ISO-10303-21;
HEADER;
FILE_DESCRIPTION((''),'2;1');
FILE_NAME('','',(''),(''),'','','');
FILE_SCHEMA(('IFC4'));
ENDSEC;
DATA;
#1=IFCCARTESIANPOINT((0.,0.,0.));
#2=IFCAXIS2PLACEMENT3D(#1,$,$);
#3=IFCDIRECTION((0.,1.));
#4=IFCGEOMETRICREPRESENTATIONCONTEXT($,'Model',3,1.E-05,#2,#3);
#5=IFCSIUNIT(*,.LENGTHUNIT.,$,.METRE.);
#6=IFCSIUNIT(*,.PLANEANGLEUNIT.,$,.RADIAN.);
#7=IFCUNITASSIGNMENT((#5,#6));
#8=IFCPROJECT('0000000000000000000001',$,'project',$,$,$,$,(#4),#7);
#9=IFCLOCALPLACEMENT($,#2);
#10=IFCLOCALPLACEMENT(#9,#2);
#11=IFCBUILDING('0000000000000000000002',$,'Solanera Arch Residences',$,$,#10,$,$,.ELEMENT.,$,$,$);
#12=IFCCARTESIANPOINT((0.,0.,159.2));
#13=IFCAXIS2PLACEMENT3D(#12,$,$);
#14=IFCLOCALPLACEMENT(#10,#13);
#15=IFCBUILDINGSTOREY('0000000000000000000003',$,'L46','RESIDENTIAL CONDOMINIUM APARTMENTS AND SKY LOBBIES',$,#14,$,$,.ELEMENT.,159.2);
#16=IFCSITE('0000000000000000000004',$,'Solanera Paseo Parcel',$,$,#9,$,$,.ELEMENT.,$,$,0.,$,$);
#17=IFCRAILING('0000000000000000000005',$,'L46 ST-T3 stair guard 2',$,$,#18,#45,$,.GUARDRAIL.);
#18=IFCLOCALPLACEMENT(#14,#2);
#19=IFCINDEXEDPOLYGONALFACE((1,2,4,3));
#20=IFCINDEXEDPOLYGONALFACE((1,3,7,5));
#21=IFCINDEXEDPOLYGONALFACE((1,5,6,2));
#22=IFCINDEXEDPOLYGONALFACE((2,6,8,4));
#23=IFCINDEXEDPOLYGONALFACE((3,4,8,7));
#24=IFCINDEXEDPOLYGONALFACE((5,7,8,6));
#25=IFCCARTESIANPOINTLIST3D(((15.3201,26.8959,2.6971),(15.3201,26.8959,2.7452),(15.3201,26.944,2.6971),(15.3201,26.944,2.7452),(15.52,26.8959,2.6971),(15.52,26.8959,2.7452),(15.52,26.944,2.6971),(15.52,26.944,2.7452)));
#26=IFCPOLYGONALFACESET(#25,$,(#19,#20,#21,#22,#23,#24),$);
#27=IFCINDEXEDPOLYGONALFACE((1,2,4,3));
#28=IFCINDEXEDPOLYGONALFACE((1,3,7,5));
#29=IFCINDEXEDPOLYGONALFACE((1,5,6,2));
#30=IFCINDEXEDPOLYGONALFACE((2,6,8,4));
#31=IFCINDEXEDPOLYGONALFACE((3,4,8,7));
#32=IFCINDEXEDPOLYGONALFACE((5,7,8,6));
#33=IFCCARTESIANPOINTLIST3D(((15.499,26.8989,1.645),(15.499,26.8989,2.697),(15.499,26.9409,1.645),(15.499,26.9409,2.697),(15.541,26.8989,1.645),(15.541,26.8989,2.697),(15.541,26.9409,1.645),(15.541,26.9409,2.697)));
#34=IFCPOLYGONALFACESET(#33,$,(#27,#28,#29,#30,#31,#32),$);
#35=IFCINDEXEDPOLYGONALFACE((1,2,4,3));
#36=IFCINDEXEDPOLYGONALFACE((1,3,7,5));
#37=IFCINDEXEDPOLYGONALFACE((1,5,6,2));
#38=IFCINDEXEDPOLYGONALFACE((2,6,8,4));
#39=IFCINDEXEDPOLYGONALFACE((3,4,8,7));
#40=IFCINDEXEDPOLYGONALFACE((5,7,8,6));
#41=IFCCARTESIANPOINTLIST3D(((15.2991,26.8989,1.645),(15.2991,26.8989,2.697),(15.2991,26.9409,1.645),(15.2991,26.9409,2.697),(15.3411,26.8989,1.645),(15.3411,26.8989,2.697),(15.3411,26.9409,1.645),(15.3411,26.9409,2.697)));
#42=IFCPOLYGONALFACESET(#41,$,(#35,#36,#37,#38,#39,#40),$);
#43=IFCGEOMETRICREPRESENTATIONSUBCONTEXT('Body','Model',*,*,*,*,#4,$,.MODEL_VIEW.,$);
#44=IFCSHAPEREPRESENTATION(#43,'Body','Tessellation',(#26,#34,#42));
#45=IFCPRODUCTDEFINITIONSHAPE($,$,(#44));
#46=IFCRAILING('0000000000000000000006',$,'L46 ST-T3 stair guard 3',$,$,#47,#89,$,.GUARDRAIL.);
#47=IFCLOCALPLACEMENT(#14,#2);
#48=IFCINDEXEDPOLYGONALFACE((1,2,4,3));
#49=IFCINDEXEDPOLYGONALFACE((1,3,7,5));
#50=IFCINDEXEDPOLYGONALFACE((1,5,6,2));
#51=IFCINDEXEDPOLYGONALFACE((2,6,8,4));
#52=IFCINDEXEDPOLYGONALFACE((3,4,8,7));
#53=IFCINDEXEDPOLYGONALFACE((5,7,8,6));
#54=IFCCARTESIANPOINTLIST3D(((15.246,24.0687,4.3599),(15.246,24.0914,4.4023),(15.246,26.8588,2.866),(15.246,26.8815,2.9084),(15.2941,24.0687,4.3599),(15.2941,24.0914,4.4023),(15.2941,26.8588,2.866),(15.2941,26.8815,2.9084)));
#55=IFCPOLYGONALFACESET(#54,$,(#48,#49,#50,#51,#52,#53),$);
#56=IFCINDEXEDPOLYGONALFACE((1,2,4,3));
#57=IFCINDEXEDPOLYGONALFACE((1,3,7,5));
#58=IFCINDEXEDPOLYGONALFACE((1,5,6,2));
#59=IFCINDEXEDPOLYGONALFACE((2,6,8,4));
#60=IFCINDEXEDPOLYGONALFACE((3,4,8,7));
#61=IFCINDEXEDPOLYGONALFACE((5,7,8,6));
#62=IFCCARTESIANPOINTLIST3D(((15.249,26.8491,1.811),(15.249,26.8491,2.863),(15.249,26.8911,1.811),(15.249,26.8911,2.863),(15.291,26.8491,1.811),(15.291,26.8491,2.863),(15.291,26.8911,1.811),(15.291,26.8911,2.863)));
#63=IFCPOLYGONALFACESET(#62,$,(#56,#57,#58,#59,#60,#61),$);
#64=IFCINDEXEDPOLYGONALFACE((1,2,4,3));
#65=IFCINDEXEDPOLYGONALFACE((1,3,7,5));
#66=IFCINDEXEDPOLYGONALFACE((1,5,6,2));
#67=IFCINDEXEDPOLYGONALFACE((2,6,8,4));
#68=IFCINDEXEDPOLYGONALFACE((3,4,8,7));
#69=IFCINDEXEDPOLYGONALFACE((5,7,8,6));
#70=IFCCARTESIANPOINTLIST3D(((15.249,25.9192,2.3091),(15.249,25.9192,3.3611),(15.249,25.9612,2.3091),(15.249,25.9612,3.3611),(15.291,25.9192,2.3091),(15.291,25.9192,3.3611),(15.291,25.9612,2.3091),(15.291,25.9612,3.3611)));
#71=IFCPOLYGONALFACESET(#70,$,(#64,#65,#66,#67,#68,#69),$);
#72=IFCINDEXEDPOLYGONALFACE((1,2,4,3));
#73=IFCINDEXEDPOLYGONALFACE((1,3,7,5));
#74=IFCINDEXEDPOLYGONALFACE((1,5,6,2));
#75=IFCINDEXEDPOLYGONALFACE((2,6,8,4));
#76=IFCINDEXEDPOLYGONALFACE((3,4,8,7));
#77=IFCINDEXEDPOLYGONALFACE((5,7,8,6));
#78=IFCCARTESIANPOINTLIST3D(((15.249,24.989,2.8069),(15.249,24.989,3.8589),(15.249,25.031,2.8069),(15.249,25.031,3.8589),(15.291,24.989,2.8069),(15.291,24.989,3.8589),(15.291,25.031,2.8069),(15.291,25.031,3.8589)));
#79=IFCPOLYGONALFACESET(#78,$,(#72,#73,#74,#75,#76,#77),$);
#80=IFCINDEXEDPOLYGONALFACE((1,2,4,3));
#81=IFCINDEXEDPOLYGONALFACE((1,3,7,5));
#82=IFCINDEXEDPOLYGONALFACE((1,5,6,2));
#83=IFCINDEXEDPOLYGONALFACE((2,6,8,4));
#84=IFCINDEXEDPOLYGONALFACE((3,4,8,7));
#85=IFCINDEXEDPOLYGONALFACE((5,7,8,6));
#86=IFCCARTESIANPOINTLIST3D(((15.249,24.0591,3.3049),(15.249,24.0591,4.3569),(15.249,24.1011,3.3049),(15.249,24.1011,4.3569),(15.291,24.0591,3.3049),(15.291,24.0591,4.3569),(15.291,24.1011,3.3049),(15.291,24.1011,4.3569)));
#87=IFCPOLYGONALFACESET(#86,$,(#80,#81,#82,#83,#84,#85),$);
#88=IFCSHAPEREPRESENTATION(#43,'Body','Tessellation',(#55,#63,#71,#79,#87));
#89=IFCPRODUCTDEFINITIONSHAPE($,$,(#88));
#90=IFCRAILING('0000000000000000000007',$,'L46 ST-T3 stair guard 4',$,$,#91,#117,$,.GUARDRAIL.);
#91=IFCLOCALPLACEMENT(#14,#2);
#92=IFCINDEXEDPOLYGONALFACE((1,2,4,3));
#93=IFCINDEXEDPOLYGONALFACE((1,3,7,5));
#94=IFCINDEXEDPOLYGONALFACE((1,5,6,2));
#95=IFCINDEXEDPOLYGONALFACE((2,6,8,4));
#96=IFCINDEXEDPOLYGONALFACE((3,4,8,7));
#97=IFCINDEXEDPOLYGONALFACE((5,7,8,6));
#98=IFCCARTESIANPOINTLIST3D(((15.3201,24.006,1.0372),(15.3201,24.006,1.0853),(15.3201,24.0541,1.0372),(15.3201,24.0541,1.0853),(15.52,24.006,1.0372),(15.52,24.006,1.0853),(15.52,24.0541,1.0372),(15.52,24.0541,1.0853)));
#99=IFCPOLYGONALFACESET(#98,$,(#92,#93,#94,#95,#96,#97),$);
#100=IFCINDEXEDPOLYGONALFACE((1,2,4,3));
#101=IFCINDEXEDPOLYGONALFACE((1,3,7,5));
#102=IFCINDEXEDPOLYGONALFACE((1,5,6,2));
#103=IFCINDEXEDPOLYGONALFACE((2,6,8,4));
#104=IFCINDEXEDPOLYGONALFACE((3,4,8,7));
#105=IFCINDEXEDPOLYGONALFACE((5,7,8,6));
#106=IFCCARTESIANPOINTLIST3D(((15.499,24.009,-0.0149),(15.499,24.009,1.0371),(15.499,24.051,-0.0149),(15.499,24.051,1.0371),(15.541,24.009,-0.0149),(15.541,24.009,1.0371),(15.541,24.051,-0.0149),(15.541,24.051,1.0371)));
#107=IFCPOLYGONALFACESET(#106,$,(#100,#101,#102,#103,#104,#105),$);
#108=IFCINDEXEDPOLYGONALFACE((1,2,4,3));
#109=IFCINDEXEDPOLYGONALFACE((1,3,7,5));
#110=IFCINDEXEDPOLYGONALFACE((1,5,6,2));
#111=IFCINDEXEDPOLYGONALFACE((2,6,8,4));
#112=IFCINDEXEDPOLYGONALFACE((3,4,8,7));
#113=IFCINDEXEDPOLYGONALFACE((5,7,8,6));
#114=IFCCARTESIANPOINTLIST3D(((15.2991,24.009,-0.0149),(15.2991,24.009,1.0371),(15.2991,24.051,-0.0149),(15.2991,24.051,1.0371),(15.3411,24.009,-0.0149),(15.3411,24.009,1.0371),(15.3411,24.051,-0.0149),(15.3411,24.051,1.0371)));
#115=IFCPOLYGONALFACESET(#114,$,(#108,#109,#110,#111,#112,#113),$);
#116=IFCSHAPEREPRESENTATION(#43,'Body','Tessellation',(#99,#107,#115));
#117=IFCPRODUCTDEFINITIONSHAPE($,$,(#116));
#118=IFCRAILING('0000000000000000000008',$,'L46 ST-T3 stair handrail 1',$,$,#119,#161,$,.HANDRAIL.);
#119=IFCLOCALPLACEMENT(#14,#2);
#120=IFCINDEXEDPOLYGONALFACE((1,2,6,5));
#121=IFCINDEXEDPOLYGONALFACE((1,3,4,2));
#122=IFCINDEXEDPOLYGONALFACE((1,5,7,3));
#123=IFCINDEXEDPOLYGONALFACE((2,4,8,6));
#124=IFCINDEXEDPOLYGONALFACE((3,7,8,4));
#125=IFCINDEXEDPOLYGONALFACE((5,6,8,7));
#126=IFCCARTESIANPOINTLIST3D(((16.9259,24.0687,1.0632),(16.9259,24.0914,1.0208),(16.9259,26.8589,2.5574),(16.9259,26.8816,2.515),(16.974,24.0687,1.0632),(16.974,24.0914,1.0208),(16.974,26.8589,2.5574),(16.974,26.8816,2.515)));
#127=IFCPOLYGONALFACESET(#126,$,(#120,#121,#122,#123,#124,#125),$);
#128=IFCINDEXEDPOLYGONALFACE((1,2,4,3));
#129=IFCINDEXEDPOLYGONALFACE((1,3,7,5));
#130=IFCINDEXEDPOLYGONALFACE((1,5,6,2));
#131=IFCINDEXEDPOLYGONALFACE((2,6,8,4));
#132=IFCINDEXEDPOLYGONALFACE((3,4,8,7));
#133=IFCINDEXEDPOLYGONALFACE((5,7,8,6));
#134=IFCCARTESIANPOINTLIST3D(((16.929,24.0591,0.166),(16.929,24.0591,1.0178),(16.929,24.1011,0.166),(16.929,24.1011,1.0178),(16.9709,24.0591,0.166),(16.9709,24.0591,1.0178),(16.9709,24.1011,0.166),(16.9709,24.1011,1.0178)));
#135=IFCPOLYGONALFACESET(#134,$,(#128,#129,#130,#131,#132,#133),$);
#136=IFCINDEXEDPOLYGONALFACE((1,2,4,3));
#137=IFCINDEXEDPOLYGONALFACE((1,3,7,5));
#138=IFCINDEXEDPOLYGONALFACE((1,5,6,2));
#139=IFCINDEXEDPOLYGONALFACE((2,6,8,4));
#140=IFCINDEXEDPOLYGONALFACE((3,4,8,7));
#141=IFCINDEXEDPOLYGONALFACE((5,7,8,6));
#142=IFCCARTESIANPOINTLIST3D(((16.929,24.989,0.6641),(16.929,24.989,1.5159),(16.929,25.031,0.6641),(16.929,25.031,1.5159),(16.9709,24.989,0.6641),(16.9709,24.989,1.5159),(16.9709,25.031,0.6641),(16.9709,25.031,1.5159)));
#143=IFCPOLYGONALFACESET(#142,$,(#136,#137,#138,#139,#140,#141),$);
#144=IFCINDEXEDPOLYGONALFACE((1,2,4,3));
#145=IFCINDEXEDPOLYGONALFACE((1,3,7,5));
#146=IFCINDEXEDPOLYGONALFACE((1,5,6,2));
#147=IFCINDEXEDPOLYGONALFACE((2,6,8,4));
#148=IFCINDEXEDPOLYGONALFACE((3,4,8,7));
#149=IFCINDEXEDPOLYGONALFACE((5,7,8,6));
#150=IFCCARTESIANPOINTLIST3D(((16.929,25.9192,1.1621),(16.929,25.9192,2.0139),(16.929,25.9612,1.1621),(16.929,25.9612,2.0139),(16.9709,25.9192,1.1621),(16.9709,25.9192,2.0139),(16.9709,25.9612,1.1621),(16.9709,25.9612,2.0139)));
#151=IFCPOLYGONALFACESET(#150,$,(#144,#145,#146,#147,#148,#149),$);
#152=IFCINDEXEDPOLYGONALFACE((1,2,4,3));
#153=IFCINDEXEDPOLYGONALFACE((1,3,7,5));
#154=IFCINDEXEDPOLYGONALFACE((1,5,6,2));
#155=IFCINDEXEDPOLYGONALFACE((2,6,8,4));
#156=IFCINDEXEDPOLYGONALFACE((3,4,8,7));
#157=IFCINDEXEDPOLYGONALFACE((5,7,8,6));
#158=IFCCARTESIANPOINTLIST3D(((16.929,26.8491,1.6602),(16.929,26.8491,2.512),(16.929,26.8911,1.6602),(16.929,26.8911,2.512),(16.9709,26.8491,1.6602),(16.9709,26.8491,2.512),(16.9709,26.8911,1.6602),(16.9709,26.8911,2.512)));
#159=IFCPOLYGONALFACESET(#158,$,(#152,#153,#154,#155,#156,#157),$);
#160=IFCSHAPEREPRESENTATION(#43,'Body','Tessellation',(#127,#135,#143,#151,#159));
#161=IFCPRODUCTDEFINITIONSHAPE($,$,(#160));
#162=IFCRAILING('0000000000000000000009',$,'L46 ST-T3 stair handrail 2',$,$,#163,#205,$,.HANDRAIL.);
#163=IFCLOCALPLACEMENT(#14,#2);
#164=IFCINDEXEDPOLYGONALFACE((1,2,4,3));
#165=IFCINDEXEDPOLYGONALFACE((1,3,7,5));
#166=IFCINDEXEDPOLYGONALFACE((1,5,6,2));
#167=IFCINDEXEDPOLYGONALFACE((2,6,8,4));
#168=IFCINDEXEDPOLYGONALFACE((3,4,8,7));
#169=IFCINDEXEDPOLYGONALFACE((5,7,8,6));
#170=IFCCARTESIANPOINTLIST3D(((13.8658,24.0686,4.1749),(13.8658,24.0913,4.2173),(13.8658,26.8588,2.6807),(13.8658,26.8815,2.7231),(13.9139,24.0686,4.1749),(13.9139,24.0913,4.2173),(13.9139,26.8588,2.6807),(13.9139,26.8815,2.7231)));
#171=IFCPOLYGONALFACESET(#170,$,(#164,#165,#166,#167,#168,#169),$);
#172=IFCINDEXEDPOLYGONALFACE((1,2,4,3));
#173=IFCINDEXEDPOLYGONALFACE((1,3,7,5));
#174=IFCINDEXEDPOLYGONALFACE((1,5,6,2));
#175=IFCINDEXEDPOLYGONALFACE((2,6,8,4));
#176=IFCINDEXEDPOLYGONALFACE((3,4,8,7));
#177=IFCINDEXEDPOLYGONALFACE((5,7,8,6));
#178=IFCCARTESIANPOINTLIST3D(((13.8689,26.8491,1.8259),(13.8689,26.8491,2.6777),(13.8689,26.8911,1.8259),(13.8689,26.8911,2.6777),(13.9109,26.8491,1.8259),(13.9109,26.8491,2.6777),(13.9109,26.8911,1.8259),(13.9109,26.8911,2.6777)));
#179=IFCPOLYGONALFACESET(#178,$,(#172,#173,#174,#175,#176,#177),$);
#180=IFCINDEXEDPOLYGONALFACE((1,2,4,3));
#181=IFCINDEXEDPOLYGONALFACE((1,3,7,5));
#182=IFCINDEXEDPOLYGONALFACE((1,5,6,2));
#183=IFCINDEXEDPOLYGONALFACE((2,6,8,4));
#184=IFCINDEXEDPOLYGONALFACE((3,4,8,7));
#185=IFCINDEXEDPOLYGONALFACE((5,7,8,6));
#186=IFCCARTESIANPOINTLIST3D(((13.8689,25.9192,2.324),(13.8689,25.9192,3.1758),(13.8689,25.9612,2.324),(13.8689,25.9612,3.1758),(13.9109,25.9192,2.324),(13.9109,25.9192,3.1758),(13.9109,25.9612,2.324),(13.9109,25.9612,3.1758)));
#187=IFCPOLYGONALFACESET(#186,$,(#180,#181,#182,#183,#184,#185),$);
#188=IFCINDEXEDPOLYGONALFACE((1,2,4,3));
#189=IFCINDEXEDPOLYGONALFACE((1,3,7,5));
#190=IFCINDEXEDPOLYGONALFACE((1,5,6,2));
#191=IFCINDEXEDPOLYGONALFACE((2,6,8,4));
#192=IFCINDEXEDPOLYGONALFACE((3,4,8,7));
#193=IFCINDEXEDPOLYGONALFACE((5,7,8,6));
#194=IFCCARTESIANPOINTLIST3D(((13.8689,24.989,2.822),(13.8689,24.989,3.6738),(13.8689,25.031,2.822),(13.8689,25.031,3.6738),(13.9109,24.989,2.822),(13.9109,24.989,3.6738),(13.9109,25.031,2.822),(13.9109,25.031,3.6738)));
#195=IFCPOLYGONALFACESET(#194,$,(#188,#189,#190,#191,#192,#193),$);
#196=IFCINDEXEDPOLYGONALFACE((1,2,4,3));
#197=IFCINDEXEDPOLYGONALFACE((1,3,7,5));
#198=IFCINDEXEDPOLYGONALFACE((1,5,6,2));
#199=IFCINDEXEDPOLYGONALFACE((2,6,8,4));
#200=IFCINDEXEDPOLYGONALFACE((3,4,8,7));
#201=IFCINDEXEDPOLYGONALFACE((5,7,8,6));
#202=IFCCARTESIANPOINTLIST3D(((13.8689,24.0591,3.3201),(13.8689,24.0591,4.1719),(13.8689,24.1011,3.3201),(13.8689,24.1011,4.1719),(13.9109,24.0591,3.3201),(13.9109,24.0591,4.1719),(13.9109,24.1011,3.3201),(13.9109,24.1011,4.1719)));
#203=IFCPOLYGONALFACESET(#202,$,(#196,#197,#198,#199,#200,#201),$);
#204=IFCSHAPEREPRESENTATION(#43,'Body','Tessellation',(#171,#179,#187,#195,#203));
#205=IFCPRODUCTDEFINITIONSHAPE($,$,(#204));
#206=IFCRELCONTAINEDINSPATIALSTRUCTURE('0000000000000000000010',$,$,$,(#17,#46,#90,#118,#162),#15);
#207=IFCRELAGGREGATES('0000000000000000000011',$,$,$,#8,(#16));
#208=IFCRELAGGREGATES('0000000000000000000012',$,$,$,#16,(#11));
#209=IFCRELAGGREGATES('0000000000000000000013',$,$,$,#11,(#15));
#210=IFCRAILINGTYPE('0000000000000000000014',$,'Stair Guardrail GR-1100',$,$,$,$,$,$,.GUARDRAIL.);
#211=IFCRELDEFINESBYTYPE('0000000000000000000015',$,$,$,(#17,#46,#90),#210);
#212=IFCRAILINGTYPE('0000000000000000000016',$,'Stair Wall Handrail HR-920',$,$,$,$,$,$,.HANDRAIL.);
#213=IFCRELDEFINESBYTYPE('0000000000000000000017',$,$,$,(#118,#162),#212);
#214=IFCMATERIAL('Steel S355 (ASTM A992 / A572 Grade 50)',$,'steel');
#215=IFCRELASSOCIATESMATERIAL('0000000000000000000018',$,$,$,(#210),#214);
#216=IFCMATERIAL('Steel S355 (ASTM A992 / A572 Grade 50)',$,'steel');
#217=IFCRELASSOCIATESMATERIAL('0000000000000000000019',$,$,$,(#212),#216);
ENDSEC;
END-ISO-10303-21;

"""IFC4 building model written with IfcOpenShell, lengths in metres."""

from ifc_helpers import new_model, si_unit, direction, frame, origin, origin_2d, place, context, subcontext, project, spatial, rectangle, extrude, material, type_object, element, save


model = new_model("IFC4")

# Units and contexts
model_context = context("Model", 3, precision=1e-05, world=origin(), true_north=direction((0.0, 1.0)))
body_context = subcontext(model_context, "Body", "Model", "MODEL_VIEW")
ifc_project = project(units=[si_unit("LENGTHUNIT", "METRE"), si_unit("PLANEANGLEUNIT", "RADIAN")], contexts=[model_context])

# Site, building, storey
site_placement = place(None, origin())
site = spatial("IfcSite", under=ifc_project, at=site_placement, Name="Solanera Paseo Parcel", CompositionType="ELEMENT", RefElevation=0.0)
building_placement = place(site_placement, origin())
building = spatial("IfcBuilding", under=site, at=building_placement, Name="Solanera Arch Residences", CompositionType="ELEMENT")
storey_placement = place(building_placement, frame((0.0, 0.0, 159.2)))
storey = spatial("IfcBuildingStorey", under=building, at=storey_placement, Name="L46", Description="RESIDENTIAL CONDOMINIUM APARTMENTS AND SKY LOBBIES", CompositionType="ELEMENT", Elevation=159.2)

# Railings
ifc_material_1 = material(Name="Steel S355 (ASTM A992 / A572 Grade 50)", Category="steel")
railing_type_1 = type_object("IfcRailingType", Name="Stair Guardrail GR-1100", PredefinedType="GUARDRAIL", material=ifc_material_1)
railing_1_placement = place(storey_placement, frame((15.52, 26.9199, 1.645)))
element("IfcRailing", 1, at=railing_1_placement, inside=storey, type_object=railing_type_1, Name="L46 ST-T3 stair guard 2", PredefinedType="GUARDRAIL", context=body_context, shape_type="SweptSolid", body=[
    extrude(rectangle(XDim=0.0481, YDim=0.0481, at=origin_2d()), frame((0.0, 0.0, 1.0762), z_axis=(-1.0, 0.0, 0.0), x_axis=(0.0, -1.0, 0.0)), (0.0, 0.0, 1.0), 0.2),
    extrude(rectangle(XDim=0.042, YDim=0.042, at=origin_2d()), origin(), (0.0, 0.0, 1.0), 1.052),
    extrude(rectangle(XDim=0.042, YDim=0.042, at=origin_2d()), frame((-0.2, 0.0, 0.0)), (0.0, 0.0, 1.0), 1.052),
])
railing_2_placement = place(storey_placement, frame((15.27, 26.8701, 1.811)))
element("IfcRailing", 2, at=railing_2_placement, inside=storey, type_object=railing_type_1, Name="L46 ST-T3 stair guard 3", PredefinedType="GUARDRAIL", context=body_context, shape_type="SweptSolid", body=[
    extrude(rectangle(XDim=0.0481, YDim=0.0481, at=origin_2d()), frame((0.0, 0.0, 1.0762), z_axis=(0.0, -0.881581, 0.472033), x_axis=(1.0, 0.0, 0.0)), (0.0, 0.0, 1.0), 3.1648),
    extrude(rectangle(XDim=0.042, YDim=0.042, at=origin_2d()), origin(), (0.0, 0.0, 1.0), 1.052),
    extrude(rectangle(XDim=0.042, YDim=0.042, at=origin_2d()), frame((0.0, -0.9299, 0.498)), (0.0, 0.0, 1.0), 1.052),
    extrude(rectangle(XDim=0.042, YDim=0.042, at=origin_2d()), frame((0.0, -1.8601, 0.9958)), (0.0, 0.0, 1.0), 1.052),
    extrude(rectangle(XDim=0.042, YDim=0.042, at=origin_2d()), frame((0.0, -2.79, 1.4939)), (0.0, 0.0, 1.0), 1.052),
])
railing_3_placement = place(storey_placement, frame((15.52, 24.03, -0.0149)))
element("IfcRailing", 3, at=railing_3_placement, inside=storey, type_object=railing_type_1, Name="L46 ST-T3 stair guard 4", PredefinedType="GUARDRAIL", context=body_context, shape_type="SweptSolid", body=[
    extrude(rectangle(XDim=0.0481, YDim=0.0481, at=origin_2d()), frame((0.0, 0.0, 1.0762), z_axis=(-1.0, 0.0, 0.0), x_axis=(0.0, -1.0, 0.0)), (0.0, 0.0, 1.0), 0.2),
    extrude(rectangle(XDim=0.042, YDim=0.042, at=origin_2d()), origin(), (0.0, 0.0, 1.0), 1.052),
    extrude(rectangle(XDim=0.042, YDim=0.042, at=origin_2d()), frame((-0.2, 0.0, 0.0)), (0.0, 0.0, 1.0), 1.052),
])
ifc_material_2 = material(Name="Steel S355 (ASTM A992 / A572 Grade 50)", Category="steel")
railing_type_2 = type_object("IfcRailingType", Name="Stair Wall Handrail HR-920", PredefinedType="HANDRAIL", material=ifc_material_2)
railing_4_placement = place(storey_placement, frame((16.95, 24.0801, 0.166)))
element("IfcRailing", 4, at=railing_4_placement, inside=storey, type_object=railing_type_2, Name="L46 ST-T3 stair handrail 1", PredefinedType="HANDRAIL", context=body_context, shape_type="SweptSolid", body=[
    extrude(rectangle(XDim=0.0481, YDim=0.0481, at=origin_2d()), frame((0.0, 0.0, 0.876), z_axis=(0.0, 0.881549, 0.472093), x_axis=(-1.0, 0.0, 0.0)), (0.0, 0.0, 1.0), 3.165),
    extrude(rectangle(XDim=0.042, YDim=0.042, at=origin_2d()), origin(), (0.0, 0.0, 1.0), 0.8518),
    extrude(rectangle(XDim=0.042, YDim=0.042, at=origin_2d()), frame((0.0, 0.9299, 0.498)), (0.0, 0.0, 1.0), 0.8518),
    extrude(rectangle(XDim=0.042, YDim=0.042, at=origin_2d()), frame((0.0, 1.8601, 0.9961)), (0.0, 0.0, 1.0), 0.8518),
    extrude(rectangle(XDim=0.042, YDim=0.042, at=origin_2d()), frame((0.0, 2.79, 1.4941)), (0.0, 0.0, 1.0), 0.8518),
])
railing_5_placement = place(storey_placement, frame((13.8899, 26.8701, 1.8259)))
element("IfcRailing", 5, at=railing_5_placement, inside=storey, type_object=railing_type_2, Name="L46 ST-T3 stair handrail 2", PredefinedType="HANDRAIL", context=body_context, shape_type="SweptSolid", body=[
    extrude(rectangle(XDim=0.0481, YDim=0.0481, at=origin_2d()), frame((0.0, 0.0, 0.876), z_axis=(0.0, -0.881549, 0.472093), x_axis=(1.0, 0.0, 0.0)), (0.0, 0.0, 1.0), 3.165),
    extrude(rectangle(XDim=0.042, YDim=0.042, at=origin_2d()), origin(), (0.0, 0.0, 1.0), 0.8518),
    extrude(rectangle(XDim=0.042, YDim=0.042, at=origin_2d()), frame((0.0, -0.9299, 0.498)), (0.0, 0.0, 1.0), 0.8518),
    extrude(rectangle(XDim=0.042, YDim=0.042, at=origin_2d()), frame((0.0, -1.8601, 0.9961)), (0.0, 0.0, 1.0), 0.8518),
    extrude(rectangle(XDim=0.042, YDim=0.042, at=origin_2d()), frame((0.0, -2.79, 1.4941)), (0.0, 0.0, 1.0), 0.8518),
])

save(model, "model.ifc")
